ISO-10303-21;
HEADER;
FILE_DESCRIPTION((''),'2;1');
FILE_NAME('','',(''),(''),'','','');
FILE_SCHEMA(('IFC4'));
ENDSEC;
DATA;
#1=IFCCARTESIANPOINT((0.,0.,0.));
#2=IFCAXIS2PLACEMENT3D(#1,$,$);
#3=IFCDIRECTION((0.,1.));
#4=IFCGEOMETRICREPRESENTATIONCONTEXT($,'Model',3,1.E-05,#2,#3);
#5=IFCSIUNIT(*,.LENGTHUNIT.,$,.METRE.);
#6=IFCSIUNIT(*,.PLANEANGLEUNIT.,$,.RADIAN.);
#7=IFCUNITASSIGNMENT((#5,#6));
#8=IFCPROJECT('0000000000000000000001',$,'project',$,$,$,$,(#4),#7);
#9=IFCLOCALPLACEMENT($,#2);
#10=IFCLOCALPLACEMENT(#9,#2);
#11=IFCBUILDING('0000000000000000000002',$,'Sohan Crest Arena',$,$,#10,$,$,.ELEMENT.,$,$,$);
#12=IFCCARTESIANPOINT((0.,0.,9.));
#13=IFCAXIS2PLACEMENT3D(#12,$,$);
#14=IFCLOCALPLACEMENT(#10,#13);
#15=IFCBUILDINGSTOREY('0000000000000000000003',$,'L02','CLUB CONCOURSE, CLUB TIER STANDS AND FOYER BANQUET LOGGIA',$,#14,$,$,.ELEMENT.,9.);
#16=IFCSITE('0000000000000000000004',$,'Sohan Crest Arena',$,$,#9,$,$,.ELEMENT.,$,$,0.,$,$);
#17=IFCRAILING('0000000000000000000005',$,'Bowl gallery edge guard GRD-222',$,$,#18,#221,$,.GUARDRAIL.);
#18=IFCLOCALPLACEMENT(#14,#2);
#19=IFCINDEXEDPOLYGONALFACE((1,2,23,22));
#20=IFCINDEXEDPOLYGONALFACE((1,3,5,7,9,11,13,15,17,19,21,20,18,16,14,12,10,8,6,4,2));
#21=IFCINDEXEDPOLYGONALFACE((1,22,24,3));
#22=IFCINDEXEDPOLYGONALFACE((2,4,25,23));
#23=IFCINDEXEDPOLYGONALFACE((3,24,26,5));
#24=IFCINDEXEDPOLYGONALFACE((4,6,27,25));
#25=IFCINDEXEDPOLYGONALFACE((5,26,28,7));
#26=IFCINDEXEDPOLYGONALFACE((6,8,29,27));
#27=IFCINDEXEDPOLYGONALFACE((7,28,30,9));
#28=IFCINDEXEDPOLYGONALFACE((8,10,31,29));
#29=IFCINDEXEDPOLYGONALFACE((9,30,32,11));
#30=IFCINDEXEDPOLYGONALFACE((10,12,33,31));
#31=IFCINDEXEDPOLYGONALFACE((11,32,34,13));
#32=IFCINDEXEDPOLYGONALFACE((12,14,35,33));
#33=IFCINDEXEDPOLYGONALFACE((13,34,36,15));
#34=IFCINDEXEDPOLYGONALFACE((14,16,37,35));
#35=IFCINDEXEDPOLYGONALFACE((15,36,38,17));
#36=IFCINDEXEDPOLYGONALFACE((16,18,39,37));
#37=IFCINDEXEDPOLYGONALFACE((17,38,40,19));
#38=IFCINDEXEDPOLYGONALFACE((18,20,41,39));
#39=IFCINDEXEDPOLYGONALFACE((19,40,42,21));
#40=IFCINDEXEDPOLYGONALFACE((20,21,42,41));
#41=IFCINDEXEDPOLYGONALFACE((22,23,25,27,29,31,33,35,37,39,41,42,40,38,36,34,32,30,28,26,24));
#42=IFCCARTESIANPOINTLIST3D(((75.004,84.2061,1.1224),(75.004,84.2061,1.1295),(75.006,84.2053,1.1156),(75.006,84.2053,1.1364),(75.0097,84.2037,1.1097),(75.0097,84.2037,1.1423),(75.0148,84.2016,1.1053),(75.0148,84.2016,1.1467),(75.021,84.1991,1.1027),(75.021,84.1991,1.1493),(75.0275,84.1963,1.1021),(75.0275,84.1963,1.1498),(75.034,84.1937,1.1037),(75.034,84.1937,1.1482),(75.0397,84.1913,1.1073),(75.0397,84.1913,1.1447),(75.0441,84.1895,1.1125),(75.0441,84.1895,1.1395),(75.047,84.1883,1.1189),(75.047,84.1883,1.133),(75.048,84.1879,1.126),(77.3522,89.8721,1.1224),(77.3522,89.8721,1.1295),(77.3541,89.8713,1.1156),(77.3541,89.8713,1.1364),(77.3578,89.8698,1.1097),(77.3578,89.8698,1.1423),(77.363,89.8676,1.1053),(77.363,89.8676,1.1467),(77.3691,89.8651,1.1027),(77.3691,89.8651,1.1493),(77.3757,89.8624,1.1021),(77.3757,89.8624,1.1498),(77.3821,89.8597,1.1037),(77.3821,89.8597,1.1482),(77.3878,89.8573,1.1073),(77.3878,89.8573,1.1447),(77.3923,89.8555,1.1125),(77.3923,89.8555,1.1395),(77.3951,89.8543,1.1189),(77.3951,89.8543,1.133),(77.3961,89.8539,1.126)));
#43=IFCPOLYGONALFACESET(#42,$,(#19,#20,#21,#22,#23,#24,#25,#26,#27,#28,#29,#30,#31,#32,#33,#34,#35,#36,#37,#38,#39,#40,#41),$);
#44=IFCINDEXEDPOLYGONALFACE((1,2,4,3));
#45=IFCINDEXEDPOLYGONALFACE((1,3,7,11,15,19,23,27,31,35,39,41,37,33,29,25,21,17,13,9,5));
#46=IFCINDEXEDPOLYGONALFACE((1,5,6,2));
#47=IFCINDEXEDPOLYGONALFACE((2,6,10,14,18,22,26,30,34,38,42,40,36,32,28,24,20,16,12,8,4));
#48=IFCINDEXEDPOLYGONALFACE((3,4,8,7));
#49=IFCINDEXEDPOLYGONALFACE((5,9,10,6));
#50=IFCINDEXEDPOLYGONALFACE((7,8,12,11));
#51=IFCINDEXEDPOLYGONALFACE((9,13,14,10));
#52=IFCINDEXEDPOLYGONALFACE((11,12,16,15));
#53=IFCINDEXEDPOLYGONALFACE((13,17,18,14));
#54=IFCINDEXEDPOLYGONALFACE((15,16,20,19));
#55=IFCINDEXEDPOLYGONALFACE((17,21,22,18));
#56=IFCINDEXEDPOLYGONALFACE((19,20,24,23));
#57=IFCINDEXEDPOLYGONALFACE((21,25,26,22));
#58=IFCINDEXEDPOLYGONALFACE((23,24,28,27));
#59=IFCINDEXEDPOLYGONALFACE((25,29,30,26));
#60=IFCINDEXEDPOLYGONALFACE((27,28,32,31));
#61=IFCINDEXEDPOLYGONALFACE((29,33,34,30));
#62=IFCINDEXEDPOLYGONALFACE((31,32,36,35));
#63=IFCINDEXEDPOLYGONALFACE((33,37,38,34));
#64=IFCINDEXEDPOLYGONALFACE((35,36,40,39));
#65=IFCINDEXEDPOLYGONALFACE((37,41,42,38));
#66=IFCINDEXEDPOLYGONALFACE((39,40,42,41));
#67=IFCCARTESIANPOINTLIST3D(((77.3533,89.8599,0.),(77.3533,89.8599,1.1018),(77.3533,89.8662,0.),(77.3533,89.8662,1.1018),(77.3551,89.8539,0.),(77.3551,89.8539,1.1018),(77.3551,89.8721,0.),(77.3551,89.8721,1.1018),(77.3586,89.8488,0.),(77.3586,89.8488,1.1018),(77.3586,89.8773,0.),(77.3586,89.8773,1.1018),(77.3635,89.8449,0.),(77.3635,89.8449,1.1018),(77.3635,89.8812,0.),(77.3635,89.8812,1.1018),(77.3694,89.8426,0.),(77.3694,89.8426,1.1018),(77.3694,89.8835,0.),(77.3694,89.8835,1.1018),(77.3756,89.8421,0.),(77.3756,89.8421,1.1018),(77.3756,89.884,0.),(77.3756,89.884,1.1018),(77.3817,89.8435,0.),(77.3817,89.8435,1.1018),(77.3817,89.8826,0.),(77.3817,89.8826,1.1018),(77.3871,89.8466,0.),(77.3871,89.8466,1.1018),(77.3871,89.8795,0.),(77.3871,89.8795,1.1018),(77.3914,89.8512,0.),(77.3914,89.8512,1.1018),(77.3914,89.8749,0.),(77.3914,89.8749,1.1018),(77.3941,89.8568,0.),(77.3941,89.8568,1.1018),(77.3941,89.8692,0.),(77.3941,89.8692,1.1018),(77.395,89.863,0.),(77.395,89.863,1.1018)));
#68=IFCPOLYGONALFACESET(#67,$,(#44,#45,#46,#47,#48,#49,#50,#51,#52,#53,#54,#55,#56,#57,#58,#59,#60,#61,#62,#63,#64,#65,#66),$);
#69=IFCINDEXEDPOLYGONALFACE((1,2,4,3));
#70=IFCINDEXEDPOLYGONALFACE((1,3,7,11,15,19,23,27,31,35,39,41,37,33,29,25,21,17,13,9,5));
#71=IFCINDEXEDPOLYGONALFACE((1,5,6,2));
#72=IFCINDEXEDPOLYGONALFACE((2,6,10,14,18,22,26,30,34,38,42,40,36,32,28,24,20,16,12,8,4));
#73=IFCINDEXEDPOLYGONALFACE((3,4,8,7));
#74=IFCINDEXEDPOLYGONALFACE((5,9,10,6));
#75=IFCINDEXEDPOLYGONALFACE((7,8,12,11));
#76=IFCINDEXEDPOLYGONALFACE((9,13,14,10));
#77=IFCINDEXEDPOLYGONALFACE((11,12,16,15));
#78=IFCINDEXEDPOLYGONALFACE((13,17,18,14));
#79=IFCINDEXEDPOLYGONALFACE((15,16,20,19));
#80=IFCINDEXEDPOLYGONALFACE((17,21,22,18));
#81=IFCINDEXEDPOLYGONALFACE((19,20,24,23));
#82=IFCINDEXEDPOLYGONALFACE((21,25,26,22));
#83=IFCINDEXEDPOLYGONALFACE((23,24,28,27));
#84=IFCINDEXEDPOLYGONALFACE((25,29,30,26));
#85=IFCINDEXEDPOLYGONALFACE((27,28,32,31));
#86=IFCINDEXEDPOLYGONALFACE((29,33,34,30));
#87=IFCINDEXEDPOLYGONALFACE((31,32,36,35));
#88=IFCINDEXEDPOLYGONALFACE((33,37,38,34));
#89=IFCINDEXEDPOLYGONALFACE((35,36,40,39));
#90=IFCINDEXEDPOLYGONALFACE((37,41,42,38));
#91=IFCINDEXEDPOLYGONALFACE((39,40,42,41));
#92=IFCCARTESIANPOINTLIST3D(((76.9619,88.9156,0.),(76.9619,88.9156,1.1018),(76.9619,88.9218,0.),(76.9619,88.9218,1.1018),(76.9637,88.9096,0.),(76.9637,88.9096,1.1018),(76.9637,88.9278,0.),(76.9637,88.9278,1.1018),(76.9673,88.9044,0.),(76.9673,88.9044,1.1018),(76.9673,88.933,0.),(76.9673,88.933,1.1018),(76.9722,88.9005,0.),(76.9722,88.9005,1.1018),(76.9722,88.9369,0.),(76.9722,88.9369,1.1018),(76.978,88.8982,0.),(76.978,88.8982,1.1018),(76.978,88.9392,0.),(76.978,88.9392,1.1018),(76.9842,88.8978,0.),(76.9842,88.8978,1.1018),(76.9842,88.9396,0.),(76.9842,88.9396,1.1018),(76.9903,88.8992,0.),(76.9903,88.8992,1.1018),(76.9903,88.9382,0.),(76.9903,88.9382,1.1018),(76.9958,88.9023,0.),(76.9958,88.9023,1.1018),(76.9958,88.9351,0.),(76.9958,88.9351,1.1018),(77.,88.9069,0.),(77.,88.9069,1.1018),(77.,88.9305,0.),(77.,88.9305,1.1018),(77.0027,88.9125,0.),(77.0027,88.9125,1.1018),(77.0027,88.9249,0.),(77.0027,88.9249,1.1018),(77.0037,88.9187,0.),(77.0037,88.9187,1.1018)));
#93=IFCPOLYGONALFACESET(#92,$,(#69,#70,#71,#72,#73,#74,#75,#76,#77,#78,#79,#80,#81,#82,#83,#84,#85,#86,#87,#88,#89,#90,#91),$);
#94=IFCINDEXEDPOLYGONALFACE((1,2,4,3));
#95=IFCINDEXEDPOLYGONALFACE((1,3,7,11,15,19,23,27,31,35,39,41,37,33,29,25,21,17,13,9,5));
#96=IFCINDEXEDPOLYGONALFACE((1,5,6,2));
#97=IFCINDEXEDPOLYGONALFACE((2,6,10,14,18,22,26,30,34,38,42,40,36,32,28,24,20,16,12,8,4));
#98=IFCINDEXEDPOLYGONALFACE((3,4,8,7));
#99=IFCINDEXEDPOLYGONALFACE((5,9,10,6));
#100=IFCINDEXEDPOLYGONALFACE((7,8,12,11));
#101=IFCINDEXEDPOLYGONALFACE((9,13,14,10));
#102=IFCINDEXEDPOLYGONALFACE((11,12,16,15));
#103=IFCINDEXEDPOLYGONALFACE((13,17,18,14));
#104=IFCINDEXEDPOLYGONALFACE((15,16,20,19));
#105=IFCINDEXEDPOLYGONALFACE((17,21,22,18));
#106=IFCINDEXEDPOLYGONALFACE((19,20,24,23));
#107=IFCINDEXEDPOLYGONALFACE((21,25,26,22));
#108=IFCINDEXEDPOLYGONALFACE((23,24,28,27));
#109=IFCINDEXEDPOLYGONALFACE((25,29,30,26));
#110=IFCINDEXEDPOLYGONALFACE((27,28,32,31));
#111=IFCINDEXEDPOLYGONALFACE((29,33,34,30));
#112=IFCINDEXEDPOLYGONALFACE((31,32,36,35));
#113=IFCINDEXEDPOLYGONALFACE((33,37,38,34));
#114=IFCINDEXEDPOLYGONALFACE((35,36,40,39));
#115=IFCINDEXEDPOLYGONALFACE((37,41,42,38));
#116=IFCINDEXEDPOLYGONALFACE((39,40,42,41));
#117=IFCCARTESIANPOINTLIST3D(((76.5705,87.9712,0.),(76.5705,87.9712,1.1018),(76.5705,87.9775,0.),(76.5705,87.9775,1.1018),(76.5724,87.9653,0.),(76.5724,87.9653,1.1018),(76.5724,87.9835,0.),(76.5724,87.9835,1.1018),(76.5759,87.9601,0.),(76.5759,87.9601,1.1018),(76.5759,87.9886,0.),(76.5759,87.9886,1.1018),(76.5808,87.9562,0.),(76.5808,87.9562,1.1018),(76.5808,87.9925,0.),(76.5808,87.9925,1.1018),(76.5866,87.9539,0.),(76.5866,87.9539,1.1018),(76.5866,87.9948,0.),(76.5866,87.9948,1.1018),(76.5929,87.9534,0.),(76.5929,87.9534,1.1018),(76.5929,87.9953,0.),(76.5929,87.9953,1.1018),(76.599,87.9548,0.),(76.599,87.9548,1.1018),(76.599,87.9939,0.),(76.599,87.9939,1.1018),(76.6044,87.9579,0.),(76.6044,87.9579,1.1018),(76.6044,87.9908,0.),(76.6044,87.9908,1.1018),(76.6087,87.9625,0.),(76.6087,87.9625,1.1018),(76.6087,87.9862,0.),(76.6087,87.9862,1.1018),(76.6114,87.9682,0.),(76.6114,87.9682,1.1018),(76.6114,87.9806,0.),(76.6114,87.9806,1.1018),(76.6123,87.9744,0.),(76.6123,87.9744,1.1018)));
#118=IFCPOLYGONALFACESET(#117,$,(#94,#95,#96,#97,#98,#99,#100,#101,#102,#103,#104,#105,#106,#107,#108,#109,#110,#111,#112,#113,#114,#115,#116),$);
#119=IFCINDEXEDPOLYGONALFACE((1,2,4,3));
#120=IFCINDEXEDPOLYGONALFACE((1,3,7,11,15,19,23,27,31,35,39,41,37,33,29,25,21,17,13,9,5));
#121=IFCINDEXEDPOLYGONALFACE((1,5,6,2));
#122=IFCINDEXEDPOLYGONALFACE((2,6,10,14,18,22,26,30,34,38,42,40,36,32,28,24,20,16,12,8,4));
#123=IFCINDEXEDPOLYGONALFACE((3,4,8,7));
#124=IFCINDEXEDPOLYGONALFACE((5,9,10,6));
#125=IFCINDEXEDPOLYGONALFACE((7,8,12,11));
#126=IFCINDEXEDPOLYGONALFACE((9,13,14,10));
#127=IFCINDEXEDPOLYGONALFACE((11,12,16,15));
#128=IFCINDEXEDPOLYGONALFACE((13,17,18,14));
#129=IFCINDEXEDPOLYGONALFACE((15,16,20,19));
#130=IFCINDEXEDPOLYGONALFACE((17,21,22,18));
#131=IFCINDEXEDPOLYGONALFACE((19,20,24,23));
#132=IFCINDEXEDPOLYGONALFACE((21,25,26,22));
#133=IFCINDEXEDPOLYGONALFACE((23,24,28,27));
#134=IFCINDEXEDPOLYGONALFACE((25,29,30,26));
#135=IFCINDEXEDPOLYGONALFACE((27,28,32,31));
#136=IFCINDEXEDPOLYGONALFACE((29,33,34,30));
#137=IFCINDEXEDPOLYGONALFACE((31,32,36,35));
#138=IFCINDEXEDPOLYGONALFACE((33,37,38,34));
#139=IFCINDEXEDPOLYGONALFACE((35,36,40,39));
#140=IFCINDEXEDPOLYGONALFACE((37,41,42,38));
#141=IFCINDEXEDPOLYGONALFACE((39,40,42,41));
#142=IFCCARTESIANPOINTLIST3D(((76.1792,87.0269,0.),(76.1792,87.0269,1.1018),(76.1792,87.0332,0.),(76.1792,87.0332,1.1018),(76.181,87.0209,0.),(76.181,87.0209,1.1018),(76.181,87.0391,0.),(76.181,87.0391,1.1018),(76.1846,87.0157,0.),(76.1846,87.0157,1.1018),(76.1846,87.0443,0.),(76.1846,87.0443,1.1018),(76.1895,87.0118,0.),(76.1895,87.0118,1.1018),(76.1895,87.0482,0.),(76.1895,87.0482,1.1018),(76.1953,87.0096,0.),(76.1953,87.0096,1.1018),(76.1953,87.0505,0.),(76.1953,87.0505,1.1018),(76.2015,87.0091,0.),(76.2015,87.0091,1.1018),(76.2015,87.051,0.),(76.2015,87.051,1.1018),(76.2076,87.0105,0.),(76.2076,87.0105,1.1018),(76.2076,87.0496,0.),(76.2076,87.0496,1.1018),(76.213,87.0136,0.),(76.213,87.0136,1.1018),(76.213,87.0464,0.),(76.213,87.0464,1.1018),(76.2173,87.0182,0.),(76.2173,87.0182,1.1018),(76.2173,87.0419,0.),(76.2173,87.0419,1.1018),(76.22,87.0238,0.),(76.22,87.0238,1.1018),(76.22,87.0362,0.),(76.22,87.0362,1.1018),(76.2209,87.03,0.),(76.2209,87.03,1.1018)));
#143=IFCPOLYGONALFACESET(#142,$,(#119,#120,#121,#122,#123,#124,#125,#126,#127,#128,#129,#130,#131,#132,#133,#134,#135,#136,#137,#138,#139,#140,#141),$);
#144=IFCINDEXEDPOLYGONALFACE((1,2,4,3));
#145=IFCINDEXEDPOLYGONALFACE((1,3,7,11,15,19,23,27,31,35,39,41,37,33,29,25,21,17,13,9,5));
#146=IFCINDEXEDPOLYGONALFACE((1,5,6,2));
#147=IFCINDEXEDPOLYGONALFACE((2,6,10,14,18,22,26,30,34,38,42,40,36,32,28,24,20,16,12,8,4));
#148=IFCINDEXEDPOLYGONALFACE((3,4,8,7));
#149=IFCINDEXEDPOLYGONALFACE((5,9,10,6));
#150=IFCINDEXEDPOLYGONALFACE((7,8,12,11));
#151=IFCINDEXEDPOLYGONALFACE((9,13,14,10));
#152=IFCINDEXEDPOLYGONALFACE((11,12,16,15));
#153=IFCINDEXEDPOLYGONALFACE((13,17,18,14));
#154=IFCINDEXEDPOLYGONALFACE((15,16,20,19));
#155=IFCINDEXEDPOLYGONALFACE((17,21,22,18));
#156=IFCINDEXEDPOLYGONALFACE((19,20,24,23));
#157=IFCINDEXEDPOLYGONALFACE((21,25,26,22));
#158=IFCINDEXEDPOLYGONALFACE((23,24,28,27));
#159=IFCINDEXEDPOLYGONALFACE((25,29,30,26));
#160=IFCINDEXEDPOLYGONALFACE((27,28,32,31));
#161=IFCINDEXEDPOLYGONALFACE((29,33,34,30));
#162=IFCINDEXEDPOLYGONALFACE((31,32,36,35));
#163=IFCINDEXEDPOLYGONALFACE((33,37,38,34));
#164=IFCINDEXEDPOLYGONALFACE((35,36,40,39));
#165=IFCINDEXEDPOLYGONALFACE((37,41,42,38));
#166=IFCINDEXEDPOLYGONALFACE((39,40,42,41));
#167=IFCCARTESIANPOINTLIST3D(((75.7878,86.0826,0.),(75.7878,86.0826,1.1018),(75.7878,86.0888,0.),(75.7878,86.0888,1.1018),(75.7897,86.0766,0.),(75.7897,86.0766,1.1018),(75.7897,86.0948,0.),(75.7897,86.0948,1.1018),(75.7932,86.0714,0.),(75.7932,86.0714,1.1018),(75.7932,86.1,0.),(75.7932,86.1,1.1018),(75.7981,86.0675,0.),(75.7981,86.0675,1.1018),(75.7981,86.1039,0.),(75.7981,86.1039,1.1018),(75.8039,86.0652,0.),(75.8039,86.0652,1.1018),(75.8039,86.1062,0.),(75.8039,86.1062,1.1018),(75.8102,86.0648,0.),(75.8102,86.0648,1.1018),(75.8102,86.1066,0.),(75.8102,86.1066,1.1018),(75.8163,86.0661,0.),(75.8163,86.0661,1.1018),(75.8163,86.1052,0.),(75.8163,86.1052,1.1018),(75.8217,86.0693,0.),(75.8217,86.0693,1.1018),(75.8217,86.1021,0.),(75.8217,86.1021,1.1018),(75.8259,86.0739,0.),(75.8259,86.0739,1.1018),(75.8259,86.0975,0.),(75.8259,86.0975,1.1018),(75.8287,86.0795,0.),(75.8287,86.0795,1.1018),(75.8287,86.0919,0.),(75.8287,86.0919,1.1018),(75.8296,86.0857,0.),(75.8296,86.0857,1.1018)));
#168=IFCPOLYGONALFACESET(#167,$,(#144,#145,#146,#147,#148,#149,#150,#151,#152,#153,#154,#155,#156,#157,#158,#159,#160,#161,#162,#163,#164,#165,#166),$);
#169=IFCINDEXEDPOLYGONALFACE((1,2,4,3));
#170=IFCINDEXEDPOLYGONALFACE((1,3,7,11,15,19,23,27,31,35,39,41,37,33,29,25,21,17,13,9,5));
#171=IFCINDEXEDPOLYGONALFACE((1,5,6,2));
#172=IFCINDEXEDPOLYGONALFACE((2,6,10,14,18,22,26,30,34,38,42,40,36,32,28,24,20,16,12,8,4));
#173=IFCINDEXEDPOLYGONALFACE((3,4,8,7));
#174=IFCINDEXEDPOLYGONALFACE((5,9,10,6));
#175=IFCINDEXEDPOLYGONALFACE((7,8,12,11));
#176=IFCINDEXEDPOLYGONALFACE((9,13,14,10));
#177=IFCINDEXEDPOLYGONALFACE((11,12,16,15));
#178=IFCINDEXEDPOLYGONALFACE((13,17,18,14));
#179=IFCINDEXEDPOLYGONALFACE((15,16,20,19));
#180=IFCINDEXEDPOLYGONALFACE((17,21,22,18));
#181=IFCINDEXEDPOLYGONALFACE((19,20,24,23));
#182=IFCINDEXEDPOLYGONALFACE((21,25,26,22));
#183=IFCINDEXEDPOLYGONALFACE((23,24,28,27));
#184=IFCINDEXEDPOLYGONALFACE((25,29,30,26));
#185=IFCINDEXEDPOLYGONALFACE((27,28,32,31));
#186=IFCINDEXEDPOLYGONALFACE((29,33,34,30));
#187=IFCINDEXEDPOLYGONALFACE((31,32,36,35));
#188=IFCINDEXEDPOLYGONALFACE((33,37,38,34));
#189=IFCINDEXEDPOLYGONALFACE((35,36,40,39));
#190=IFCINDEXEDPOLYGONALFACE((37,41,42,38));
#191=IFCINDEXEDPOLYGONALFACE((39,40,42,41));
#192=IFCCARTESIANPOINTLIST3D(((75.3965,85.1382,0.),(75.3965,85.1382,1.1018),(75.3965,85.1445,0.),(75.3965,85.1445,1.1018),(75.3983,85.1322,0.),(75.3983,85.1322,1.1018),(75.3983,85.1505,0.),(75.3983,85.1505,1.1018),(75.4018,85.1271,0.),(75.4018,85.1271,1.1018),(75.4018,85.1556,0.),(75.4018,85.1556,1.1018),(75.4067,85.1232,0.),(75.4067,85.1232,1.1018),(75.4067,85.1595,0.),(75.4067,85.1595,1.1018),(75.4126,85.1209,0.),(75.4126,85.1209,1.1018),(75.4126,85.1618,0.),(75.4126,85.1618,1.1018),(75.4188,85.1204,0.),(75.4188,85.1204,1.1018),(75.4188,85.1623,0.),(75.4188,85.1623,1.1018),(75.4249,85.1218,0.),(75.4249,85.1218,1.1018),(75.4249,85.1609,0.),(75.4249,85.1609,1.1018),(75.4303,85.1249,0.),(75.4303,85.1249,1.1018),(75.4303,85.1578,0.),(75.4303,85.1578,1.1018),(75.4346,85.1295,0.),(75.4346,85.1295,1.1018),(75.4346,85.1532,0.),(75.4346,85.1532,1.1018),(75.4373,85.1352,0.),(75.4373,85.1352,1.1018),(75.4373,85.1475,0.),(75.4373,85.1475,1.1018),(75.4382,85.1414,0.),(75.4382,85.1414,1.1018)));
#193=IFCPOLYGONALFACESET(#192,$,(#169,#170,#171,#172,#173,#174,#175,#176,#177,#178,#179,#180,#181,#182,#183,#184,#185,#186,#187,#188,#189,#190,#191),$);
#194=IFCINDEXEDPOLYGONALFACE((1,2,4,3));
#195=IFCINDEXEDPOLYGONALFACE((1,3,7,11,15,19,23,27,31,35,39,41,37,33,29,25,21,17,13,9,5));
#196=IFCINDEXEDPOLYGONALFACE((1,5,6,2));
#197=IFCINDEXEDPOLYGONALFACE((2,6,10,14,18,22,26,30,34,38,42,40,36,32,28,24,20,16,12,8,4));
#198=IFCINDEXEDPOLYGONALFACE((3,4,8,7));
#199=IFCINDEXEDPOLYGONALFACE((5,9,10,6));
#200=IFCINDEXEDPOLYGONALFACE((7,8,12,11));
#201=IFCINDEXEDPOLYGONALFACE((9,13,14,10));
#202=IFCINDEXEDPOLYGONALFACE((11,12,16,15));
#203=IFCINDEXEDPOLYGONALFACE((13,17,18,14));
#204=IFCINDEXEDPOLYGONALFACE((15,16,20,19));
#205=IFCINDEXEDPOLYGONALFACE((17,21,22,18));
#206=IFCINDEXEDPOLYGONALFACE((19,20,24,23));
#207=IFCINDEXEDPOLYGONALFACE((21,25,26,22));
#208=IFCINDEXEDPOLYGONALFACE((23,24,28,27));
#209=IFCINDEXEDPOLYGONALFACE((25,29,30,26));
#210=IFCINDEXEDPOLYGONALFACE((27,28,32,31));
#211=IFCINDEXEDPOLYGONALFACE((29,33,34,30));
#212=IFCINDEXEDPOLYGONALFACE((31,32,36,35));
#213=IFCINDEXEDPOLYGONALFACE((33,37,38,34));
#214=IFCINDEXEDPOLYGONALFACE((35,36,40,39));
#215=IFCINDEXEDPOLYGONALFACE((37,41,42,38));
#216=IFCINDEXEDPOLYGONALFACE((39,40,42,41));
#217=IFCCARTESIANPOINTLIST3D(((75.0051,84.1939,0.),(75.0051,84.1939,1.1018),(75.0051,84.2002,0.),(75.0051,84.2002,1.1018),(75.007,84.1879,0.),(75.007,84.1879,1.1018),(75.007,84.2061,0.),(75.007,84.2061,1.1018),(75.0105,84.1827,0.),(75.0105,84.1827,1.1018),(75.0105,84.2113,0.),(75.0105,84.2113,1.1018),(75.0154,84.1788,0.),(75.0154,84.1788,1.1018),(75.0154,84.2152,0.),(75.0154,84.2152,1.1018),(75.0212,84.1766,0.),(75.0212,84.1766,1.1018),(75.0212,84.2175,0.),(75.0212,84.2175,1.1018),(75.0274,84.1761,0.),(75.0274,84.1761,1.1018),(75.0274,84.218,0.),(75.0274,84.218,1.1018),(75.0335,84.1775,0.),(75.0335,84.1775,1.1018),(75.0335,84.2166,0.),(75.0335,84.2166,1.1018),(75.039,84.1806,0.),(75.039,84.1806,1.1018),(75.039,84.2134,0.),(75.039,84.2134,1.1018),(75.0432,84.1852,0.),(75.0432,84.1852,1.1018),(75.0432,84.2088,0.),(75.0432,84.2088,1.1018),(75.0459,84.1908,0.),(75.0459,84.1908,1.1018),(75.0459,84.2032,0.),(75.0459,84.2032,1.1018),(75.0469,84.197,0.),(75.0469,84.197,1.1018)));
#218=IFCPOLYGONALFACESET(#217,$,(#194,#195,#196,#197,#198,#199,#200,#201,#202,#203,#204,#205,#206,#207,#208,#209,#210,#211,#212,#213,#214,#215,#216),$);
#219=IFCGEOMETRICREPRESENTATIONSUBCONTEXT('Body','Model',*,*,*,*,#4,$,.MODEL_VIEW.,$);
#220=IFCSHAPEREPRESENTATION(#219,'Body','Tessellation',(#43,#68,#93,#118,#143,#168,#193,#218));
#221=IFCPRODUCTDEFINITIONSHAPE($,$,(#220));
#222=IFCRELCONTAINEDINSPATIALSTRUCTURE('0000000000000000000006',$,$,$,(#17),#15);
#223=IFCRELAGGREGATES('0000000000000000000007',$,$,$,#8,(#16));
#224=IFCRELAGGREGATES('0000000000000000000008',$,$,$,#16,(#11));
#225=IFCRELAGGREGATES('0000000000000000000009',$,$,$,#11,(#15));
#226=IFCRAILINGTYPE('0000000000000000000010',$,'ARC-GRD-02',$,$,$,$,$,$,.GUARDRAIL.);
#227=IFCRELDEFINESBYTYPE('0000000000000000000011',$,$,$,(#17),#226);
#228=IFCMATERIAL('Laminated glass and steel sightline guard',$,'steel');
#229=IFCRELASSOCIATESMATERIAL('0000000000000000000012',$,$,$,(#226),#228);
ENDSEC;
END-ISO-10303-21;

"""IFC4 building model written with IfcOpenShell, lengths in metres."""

from ifc_helpers import new_model, si_unit, direction, frame, origin, origin_2d, place, context, subcontext, project, spatial, circle, extrude, material, type_object, element, save


model = new_model("IFC4")

# Units and contexts
model_context = context("Model", 3, precision=1e-05, world=origin(), true_north=direction((0.0, 1.0)))
body_context = subcontext(model_context, "Body", "Model", "MODEL_VIEW")
ifc_project = project(units=[si_unit("LENGTHUNIT", "METRE"), si_unit("PLANEANGLEUNIT", "RADIAN")], contexts=[model_context])

# Site, building, storey
site_placement = place(None, origin())
site = spatial("IfcSite", under=ifc_project, at=site_placement, Name="Sohan Crest Arena", CompositionType="ELEMENT", RefElevation=0.0)
building_placement = place(site_placement, origin())
building = spatial("IfcBuilding", under=site, at=building_placement, Name="Sohan Crest Arena", CompositionType="ELEMENT")
storey_placement = place(building_placement, frame((0.0, 0.0, 9.0)))
storey = spatial("IfcBuildingStorey", under=building, at=storey_placement, Name="L02", Description="CLUB CONCOURSE, CLUB TIER STANDS AND FOYER BANQUET LOGGIA", CompositionType="ELEMENT", Elevation=9.0)

# Railing
ifc_material_1 = material(Name="Laminated glass and steel sightline guard", Category="steel")
railing_type_1 = type_object("IfcRailingType", Name="ARC-GRD-02", PredefinedType="GUARDRAIL", material=ifc_material_1)
railing_1_placement = place(storey_placement, frame((77.374, 89.863, 0.0)))
element("IfcRailing", 1, at=railing_1_placement, inside=storey, type_object=railing_type_1, Name="Bowl gallery edge guard GRD-222", PredefinedType="GUARDRAIL", context=body_context, shape_type="SweptSolid", body=[
    extrude(circle(Radius=0.0239, at=origin_2d()), frame((0.0, 0.0, 1.126), z_axis=(-0.382851, -0.92381, 0.0), x_axis=(0.92381, -0.382851, 0.0)), (0.0, 0.0, 1.0), 6.1333),
    extrude(circle(Radius=0.021, at=origin_2d()), origin(), (0.0, 0.0, 1.0), 1.1018),
    extrude(circle(Radius=0.021, at=origin_2d()), frame((-0.3914, -0.9443, 0.0)), (0.0, 0.0, 1.0), 1.1018),
    extrude(circle(Radius=0.021, at=origin_2d()), frame((-0.7827, -1.8887, 0.0)), (0.0, 0.0, 1.0), 1.1018),
    extrude(circle(Radius=0.021, at=origin_2d()), frame((-1.1741, -2.833, 0.0)), (0.0, 0.0, 1.0), 1.1018),
    extrude(circle(Radius=0.021, at=origin_2d()), frame((-1.5654, -3.7773, 0.0)), (0.0, 0.0, 1.0), 1.1018),
    extrude(circle(Radius=0.021, at=origin_2d()), frame((-1.9568, -4.7217, 0.0)), (0.0, 0.0, 1.0), 1.1018),
    extrude(circle(Radius=0.021, at=origin_2d()), frame((-2.3481, -5.666, 0.0)), (0.0, 0.0, 1.0), 1.1018),
])

save(model, "model.ifc")
